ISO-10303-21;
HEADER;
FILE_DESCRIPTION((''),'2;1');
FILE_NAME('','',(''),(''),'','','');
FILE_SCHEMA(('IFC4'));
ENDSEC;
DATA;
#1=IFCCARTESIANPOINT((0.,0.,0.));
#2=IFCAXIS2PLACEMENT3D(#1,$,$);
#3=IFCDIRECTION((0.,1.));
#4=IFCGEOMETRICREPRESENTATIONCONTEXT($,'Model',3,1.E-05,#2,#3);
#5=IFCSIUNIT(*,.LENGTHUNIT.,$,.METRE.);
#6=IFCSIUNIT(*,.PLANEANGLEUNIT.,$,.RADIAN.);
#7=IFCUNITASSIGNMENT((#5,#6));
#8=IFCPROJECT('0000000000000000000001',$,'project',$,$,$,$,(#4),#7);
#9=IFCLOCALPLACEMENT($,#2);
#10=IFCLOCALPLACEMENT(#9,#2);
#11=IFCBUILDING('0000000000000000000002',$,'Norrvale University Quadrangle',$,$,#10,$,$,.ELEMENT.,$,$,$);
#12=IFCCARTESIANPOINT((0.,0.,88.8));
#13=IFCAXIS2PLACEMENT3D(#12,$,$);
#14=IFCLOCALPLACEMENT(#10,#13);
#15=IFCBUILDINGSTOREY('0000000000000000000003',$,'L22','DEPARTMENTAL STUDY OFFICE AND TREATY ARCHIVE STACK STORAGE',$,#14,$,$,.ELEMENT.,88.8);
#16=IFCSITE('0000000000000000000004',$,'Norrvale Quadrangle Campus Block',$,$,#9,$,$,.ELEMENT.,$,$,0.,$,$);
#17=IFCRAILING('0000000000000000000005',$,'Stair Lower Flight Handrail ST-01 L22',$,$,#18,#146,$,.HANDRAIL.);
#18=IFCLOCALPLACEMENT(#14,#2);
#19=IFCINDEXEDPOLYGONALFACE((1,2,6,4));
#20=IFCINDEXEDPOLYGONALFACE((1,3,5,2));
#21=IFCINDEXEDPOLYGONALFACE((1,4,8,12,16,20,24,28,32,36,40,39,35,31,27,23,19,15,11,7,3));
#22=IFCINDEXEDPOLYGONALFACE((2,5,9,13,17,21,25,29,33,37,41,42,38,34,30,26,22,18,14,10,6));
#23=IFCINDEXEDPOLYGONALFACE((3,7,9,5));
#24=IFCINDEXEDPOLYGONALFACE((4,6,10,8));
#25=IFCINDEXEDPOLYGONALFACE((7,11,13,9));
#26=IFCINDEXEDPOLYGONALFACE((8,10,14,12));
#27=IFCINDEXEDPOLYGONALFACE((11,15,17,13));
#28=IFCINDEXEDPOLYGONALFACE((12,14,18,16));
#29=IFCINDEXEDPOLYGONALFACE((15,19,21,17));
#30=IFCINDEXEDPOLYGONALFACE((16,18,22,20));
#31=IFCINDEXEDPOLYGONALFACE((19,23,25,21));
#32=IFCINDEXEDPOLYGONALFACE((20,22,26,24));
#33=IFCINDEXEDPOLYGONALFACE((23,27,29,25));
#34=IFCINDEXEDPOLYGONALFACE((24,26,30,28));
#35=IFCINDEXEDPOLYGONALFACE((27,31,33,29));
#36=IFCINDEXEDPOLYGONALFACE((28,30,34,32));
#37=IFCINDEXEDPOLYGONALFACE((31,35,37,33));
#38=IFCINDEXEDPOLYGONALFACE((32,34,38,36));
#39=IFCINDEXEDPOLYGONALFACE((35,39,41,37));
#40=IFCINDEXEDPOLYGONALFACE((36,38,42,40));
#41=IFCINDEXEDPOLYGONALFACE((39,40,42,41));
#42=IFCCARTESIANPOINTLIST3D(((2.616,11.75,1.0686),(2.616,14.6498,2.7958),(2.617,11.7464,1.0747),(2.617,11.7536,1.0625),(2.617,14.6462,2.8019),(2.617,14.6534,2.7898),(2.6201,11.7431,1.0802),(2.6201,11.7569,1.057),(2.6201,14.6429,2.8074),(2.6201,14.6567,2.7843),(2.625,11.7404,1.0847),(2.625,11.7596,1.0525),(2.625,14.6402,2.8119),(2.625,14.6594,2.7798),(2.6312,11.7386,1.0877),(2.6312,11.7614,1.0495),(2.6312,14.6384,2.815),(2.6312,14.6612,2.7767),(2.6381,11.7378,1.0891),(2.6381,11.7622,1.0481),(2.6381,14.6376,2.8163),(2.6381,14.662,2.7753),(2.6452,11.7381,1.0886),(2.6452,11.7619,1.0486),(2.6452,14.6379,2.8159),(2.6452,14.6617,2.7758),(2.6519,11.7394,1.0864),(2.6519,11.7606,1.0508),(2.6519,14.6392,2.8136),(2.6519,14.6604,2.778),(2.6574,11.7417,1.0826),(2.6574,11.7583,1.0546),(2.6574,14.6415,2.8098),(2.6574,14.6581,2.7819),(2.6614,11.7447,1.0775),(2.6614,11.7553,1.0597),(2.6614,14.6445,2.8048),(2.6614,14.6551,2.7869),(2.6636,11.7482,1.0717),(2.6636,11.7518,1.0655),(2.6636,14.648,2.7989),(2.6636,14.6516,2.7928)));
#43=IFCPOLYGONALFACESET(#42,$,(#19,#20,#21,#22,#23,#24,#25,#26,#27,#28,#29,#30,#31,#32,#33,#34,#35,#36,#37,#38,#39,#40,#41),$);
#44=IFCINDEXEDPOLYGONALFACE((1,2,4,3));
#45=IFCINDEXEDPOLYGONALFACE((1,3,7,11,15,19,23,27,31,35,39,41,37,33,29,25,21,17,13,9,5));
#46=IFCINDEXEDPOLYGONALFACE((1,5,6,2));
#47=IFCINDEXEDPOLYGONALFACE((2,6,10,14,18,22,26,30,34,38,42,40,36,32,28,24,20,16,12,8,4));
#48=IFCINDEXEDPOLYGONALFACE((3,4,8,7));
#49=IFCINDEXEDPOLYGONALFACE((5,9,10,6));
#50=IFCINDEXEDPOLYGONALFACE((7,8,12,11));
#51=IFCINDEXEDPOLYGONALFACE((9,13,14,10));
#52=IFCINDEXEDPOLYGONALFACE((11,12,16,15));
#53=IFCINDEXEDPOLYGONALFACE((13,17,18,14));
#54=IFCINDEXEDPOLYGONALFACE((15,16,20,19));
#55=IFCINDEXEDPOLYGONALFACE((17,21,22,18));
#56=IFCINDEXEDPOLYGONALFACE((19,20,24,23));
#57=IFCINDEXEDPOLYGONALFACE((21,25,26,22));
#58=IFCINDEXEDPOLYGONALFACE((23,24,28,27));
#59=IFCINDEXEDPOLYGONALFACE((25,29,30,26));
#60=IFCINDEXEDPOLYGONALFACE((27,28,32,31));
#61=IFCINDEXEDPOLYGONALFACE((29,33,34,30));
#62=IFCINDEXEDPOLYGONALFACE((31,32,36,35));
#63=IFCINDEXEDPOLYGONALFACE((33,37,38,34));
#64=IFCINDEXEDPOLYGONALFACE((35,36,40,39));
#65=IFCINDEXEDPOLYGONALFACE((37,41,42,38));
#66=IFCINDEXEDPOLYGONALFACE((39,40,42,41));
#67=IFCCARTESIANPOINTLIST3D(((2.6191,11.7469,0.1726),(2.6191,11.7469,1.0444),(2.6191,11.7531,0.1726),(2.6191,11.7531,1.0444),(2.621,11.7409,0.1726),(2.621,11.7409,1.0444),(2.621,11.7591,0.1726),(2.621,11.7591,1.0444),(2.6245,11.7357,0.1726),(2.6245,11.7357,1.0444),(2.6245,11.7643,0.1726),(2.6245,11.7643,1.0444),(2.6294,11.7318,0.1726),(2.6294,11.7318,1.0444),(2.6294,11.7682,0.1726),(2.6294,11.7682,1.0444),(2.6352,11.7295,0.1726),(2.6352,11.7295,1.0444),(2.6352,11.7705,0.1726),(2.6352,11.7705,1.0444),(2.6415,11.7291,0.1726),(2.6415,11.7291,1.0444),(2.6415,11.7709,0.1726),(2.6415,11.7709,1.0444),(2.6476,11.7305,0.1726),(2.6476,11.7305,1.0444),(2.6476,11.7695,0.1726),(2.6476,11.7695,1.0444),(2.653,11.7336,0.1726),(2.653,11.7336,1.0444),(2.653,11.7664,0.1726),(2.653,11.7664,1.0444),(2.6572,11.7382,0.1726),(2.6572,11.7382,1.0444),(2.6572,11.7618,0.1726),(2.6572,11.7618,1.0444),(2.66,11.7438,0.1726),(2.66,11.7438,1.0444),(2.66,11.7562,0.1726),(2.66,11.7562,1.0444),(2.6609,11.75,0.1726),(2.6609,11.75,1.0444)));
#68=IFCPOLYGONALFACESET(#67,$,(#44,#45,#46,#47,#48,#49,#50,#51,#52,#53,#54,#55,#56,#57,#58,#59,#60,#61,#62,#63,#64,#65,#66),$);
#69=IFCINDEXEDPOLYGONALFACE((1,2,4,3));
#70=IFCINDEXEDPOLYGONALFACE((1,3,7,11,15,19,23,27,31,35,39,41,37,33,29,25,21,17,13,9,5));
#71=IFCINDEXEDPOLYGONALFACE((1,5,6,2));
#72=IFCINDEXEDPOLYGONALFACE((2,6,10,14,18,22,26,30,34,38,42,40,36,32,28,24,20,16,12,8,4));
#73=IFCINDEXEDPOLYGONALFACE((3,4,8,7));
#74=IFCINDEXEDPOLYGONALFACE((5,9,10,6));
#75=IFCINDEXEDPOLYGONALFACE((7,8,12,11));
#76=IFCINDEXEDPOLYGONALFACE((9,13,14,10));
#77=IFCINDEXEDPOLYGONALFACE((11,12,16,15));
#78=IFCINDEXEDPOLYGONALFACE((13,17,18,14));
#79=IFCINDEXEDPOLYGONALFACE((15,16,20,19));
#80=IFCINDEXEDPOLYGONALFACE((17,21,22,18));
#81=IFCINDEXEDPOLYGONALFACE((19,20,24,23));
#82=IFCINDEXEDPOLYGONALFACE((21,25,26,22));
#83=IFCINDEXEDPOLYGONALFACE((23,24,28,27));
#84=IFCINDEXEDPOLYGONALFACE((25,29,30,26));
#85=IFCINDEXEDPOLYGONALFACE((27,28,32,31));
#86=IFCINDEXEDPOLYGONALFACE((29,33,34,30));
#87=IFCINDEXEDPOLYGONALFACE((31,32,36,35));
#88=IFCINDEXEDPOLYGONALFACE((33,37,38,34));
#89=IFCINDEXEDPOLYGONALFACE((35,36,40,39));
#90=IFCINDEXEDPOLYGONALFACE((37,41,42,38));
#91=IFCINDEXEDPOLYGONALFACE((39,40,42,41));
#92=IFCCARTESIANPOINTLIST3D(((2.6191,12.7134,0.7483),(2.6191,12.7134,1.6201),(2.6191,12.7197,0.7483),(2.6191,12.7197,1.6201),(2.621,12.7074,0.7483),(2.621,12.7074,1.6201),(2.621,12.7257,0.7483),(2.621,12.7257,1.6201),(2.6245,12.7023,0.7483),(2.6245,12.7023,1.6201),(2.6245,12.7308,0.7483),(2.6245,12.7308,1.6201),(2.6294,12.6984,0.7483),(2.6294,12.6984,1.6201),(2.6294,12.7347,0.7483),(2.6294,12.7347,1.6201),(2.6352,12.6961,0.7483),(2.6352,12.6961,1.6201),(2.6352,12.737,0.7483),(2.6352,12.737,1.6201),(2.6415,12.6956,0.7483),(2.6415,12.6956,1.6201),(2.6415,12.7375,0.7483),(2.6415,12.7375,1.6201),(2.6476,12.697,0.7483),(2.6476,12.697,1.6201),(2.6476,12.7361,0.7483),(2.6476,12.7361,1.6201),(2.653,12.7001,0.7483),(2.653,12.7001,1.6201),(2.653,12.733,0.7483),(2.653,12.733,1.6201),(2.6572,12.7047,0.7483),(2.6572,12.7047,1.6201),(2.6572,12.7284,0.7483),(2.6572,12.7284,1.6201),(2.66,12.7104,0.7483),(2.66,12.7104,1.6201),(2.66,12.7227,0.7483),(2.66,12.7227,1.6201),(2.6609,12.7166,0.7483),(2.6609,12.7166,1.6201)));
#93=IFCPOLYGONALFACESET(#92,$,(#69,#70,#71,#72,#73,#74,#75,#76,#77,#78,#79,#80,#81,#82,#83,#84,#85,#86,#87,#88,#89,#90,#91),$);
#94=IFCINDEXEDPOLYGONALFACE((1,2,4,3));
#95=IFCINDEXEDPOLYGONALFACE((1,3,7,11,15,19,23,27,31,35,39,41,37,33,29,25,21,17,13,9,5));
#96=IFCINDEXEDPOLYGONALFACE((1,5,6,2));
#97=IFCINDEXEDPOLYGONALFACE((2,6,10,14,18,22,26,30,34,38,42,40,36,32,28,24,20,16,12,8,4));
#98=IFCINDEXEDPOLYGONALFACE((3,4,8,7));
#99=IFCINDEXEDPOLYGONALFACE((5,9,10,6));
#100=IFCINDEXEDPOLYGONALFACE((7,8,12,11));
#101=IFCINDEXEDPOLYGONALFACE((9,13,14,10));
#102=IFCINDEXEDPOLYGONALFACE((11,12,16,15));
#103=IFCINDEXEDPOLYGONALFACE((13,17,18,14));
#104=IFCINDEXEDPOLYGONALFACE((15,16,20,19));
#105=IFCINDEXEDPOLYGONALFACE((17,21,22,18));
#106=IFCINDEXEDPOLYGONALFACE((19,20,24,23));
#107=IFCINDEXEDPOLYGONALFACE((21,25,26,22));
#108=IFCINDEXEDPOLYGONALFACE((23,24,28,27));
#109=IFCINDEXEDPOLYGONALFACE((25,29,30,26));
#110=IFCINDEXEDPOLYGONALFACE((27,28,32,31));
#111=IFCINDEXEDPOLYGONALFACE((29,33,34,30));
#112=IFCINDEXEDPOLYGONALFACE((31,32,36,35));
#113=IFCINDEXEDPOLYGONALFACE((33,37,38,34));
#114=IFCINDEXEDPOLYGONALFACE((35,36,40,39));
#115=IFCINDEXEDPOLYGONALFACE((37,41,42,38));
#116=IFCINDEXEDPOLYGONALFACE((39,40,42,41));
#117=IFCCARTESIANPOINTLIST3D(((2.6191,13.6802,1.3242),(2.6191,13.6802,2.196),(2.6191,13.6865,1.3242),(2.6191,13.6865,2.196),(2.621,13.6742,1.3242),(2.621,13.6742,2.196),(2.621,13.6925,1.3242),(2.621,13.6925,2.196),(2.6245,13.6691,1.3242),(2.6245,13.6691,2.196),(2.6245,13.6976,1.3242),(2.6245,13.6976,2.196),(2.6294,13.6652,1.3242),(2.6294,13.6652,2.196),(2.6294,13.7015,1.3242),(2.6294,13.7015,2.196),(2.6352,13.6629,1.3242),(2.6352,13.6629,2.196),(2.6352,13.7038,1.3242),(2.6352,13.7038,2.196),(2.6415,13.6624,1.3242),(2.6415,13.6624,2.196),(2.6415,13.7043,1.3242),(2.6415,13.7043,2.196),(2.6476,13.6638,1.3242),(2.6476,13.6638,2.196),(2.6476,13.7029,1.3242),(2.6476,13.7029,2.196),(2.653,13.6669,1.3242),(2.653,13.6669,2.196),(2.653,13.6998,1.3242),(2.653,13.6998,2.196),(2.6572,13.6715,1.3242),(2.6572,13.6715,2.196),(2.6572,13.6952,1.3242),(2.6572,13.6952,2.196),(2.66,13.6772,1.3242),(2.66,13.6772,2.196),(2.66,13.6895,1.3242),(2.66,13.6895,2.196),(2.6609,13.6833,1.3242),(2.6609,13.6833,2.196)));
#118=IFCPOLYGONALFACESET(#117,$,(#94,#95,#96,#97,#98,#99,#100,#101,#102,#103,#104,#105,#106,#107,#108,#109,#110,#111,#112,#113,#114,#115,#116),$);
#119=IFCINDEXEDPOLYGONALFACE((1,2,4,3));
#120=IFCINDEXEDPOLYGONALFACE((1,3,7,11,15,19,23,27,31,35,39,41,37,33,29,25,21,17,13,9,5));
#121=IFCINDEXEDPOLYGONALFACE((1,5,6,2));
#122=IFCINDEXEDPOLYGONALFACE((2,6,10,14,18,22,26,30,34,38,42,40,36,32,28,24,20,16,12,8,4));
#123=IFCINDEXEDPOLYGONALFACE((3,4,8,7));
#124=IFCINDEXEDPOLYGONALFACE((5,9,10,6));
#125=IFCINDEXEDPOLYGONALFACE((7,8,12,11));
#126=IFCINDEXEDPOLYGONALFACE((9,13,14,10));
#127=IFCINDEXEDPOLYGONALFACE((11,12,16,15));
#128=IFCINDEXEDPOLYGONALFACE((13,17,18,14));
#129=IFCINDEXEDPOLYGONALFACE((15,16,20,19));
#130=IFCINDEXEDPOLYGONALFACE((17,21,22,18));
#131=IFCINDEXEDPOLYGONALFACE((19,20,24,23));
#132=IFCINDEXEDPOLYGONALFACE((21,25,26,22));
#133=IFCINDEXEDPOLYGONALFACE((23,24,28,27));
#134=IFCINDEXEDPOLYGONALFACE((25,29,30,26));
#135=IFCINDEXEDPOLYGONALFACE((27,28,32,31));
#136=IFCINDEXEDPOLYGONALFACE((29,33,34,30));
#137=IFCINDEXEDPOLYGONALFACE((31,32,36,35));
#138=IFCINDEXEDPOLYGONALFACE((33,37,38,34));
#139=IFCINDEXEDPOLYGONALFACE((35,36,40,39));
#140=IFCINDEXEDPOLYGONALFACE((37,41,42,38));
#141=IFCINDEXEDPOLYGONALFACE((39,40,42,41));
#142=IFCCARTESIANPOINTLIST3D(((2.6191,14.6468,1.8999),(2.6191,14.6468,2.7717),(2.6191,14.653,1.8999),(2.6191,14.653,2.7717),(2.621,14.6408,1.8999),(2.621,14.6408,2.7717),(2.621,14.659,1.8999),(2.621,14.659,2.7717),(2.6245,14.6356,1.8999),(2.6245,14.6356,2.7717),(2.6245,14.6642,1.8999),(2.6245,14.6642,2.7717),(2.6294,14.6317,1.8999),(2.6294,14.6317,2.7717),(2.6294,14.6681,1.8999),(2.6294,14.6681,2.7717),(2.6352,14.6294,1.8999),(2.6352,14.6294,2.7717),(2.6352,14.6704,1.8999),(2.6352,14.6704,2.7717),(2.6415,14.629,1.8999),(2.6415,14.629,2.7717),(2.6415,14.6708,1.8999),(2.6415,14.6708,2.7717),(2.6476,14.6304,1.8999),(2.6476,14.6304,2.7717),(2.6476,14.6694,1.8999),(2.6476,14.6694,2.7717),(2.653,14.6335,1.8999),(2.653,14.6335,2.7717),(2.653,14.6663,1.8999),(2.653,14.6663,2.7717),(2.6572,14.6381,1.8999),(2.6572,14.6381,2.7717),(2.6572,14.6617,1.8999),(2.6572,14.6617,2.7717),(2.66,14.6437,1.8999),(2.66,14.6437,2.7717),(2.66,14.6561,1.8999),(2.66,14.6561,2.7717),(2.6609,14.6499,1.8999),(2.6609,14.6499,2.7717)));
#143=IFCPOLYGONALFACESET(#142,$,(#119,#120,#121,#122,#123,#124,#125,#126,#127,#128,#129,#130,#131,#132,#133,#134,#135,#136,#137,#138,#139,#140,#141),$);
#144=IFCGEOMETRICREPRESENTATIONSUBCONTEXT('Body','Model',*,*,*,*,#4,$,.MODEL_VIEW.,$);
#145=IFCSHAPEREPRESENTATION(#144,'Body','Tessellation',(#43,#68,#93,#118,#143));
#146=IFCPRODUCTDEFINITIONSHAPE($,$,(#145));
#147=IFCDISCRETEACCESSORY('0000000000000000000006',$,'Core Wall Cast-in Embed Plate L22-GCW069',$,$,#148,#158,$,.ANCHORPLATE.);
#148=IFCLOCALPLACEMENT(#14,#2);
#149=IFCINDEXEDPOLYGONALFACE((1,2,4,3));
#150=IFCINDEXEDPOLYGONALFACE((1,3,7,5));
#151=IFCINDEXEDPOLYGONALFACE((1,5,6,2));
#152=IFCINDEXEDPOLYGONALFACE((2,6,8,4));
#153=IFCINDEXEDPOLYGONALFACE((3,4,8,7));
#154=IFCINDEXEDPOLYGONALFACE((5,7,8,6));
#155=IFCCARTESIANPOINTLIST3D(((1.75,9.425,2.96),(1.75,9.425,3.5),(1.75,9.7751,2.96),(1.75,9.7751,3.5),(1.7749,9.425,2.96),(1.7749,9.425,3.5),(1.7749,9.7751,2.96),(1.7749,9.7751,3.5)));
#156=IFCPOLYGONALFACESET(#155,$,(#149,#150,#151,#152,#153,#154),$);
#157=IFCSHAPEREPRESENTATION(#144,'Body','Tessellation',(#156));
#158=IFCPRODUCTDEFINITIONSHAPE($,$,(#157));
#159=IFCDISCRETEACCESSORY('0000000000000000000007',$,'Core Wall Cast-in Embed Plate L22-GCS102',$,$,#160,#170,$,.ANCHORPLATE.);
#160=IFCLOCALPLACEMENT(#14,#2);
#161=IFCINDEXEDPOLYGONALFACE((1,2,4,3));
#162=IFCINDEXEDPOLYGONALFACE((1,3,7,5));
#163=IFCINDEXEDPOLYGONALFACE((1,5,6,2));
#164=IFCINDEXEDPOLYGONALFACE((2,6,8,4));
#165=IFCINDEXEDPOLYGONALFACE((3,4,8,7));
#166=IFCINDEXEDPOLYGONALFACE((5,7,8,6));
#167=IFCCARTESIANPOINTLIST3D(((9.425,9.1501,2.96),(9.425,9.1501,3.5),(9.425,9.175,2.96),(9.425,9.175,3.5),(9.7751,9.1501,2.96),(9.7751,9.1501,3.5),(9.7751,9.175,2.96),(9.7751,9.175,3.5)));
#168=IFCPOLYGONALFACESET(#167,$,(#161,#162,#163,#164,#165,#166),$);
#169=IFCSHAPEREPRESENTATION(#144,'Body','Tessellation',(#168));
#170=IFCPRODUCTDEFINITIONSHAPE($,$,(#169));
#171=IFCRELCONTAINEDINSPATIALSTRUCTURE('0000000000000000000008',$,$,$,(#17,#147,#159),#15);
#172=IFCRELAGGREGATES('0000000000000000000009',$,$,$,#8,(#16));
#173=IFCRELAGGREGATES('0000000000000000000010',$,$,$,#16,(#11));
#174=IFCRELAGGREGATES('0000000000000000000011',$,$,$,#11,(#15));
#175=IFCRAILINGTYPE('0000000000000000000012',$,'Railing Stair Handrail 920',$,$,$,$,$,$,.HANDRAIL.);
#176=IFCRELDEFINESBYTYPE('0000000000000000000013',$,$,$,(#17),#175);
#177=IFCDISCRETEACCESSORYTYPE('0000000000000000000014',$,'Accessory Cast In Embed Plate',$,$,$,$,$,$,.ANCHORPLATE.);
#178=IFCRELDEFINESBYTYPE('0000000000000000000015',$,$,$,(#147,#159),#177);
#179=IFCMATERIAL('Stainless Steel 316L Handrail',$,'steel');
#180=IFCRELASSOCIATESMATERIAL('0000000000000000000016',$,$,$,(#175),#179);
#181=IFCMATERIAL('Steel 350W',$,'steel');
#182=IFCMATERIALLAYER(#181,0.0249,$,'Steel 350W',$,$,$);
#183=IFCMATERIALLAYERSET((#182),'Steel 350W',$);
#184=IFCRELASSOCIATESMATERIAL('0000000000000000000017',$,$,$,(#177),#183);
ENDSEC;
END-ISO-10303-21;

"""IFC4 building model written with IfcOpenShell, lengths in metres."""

from ifc_helpers import new_model, si_unit, direction, frame, origin, origin_2d, place, context, subcontext, project, spatial, rectangle, circle, extrude, material, layer, layer_set, type_object, element, save


model = new_model("IFC4")

# Units and contexts
model_context = context("Model", 3, precision=1e-05, world=origin(), true_north=direction((0.0, 1.0)))
body_context = subcontext(model_context, "Body", "Model", "MODEL_VIEW")
ifc_project = project(units=[si_unit("LENGTHUNIT", "METRE"), si_unit("PLANEANGLEUNIT", "RADIAN")], contexts=[model_context])

# Site, building, storey
site_placement = place(None, origin())
site = spatial("IfcSite", under=ifc_project, at=site_placement, Name="Norrvale Quadrangle Campus Block", CompositionType="ELEMENT", RefElevation=0.0)
building_placement = place(site_placement, origin())
building = spatial("IfcBuilding", under=site, at=building_placement, Name="Norrvale University Quadrangle", CompositionType="ELEMENT")
storey_placement = place(building_placement, frame((0.0, 0.0, 88.8)))
storey = spatial("IfcBuildingStorey", under=building, at=storey_placement, Name="L22", Description="DEPARTMENTAL STUDY OFFICE AND TREATY ARCHIVE STACK STORAGE", CompositionType="ELEMENT", Elevation=88.8)

# Shared definitions
ifc_material_1 = material(Name="Steel 350W", Category="steel")

# Railing
ifc_material_2 = material(Name="Stainless Steel 316L Handrail", Category="steel")
railing_type_1 = type_object("IfcRailingType", Name="Railing Stair Handrail 920", PredefinedType="HANDRAIL", material=ifc_material_2)
railing_1_placement = place(storey_placement, frame((2.6399, 11.75, 0.1726)))
element("IfcRailing", 1, at=railing_1_placement, inside=storey, type_object=railing_type_1, Name="Stair Lower Flight Handrail ST-01 L22", PredefinedType="HANDRAIL", context=body_context, shape_type="SweptSolid", body=[
    extrude(circle(Radius=0.0239, at=origin_2d()), frame((0.0, 0.0, 0.896), z_axis=(0.0, 0.859141, 0.511738), x_axis=(-1.0, 0.0, 0.0)), (0.0, 0.0, 1.0), 3.3752),
    extrude(circle(Radius=0.021, at=origin_2d()), origin(), (0.0, 0.0, 1.0), 0.8718),
    extrude(circle(Radius=0.021, at=origin_2d()), frame((0.0, 0.9666, 0.5757)), (0.0, 0.0, 1.0), 0.8718),
    extrude(circle(Radius=0.021, at=origin_2d()), frame((0.0, 1.9333, 1.1516)), (0.0, 0.0, 1.0), 0.8718),
    extrude(circle(Radius=0.021, at=origin_2d()), frame((0.0, 2.8999, 1.7273)), (0.0, 0.0, 1.0), 0.8718),
])

# Discrete accessories
ifc_layer_1 = layer(ifc_material_1, 0.0249, Name="Steel 350W")
ifc_layer_set_1 = layer_set([ifc_layer_1], Name="Steel 350W")
discrete_accessory_type = type_object("IfcDiscreteAccessoryType", Name="Accessory Cast In Embed Plate", PredefinedType="ANCHORPLATE", material=ifc_layer_set_1)
discrete_accessory_1_placement = place(storey_placement, frame((1.7625, 9.6001, 2.96), z_axis=(0.0, 0.0, 1.0), x_axis=(1.0, 0.0, 0.0)))
element("IfcDiscreteAccessory", 2, at=discrete_accessory_1_placement, inside=storey, type_object=discrete_accessory_type, Name="Core Wall Cast-in Embed Plate L22-GCW069", PredefinedType="ANCHORPLATE", context=body_context, shape_type="SweptSolid", body=[
    extrude(rectangle(XDim=0.0249, YDim=0.3501, at=origin_2d()), origin(), (0.0, 0.0, 1.0), 0.54),
])
discrete_accessory_2_placement = place(storey_placement, frame((9.6001, 9.1626, 2.96), z_axis=(0.0, 0.0, 1.0), x_axis=(1.0, 0.0, 0.0)))
element("IfcDiscreteAccessory", 3, at=discrete_accessory_2_placement, inside=storey, type_object=discrete_accessory_type, Name="Core Wall Cast-in Embed Plate L22-GCS102", PredefinedType="ANCHORPLATE", context=body_context, shape_type="SweptSolid", body=[
    extrude(rectangle(XDim=0.3501, YDim=0.0249, at=origin_2d()), origin(), (0.0, 0.0, 1.0), 0.54),
])

save(model, "model.ifc")
